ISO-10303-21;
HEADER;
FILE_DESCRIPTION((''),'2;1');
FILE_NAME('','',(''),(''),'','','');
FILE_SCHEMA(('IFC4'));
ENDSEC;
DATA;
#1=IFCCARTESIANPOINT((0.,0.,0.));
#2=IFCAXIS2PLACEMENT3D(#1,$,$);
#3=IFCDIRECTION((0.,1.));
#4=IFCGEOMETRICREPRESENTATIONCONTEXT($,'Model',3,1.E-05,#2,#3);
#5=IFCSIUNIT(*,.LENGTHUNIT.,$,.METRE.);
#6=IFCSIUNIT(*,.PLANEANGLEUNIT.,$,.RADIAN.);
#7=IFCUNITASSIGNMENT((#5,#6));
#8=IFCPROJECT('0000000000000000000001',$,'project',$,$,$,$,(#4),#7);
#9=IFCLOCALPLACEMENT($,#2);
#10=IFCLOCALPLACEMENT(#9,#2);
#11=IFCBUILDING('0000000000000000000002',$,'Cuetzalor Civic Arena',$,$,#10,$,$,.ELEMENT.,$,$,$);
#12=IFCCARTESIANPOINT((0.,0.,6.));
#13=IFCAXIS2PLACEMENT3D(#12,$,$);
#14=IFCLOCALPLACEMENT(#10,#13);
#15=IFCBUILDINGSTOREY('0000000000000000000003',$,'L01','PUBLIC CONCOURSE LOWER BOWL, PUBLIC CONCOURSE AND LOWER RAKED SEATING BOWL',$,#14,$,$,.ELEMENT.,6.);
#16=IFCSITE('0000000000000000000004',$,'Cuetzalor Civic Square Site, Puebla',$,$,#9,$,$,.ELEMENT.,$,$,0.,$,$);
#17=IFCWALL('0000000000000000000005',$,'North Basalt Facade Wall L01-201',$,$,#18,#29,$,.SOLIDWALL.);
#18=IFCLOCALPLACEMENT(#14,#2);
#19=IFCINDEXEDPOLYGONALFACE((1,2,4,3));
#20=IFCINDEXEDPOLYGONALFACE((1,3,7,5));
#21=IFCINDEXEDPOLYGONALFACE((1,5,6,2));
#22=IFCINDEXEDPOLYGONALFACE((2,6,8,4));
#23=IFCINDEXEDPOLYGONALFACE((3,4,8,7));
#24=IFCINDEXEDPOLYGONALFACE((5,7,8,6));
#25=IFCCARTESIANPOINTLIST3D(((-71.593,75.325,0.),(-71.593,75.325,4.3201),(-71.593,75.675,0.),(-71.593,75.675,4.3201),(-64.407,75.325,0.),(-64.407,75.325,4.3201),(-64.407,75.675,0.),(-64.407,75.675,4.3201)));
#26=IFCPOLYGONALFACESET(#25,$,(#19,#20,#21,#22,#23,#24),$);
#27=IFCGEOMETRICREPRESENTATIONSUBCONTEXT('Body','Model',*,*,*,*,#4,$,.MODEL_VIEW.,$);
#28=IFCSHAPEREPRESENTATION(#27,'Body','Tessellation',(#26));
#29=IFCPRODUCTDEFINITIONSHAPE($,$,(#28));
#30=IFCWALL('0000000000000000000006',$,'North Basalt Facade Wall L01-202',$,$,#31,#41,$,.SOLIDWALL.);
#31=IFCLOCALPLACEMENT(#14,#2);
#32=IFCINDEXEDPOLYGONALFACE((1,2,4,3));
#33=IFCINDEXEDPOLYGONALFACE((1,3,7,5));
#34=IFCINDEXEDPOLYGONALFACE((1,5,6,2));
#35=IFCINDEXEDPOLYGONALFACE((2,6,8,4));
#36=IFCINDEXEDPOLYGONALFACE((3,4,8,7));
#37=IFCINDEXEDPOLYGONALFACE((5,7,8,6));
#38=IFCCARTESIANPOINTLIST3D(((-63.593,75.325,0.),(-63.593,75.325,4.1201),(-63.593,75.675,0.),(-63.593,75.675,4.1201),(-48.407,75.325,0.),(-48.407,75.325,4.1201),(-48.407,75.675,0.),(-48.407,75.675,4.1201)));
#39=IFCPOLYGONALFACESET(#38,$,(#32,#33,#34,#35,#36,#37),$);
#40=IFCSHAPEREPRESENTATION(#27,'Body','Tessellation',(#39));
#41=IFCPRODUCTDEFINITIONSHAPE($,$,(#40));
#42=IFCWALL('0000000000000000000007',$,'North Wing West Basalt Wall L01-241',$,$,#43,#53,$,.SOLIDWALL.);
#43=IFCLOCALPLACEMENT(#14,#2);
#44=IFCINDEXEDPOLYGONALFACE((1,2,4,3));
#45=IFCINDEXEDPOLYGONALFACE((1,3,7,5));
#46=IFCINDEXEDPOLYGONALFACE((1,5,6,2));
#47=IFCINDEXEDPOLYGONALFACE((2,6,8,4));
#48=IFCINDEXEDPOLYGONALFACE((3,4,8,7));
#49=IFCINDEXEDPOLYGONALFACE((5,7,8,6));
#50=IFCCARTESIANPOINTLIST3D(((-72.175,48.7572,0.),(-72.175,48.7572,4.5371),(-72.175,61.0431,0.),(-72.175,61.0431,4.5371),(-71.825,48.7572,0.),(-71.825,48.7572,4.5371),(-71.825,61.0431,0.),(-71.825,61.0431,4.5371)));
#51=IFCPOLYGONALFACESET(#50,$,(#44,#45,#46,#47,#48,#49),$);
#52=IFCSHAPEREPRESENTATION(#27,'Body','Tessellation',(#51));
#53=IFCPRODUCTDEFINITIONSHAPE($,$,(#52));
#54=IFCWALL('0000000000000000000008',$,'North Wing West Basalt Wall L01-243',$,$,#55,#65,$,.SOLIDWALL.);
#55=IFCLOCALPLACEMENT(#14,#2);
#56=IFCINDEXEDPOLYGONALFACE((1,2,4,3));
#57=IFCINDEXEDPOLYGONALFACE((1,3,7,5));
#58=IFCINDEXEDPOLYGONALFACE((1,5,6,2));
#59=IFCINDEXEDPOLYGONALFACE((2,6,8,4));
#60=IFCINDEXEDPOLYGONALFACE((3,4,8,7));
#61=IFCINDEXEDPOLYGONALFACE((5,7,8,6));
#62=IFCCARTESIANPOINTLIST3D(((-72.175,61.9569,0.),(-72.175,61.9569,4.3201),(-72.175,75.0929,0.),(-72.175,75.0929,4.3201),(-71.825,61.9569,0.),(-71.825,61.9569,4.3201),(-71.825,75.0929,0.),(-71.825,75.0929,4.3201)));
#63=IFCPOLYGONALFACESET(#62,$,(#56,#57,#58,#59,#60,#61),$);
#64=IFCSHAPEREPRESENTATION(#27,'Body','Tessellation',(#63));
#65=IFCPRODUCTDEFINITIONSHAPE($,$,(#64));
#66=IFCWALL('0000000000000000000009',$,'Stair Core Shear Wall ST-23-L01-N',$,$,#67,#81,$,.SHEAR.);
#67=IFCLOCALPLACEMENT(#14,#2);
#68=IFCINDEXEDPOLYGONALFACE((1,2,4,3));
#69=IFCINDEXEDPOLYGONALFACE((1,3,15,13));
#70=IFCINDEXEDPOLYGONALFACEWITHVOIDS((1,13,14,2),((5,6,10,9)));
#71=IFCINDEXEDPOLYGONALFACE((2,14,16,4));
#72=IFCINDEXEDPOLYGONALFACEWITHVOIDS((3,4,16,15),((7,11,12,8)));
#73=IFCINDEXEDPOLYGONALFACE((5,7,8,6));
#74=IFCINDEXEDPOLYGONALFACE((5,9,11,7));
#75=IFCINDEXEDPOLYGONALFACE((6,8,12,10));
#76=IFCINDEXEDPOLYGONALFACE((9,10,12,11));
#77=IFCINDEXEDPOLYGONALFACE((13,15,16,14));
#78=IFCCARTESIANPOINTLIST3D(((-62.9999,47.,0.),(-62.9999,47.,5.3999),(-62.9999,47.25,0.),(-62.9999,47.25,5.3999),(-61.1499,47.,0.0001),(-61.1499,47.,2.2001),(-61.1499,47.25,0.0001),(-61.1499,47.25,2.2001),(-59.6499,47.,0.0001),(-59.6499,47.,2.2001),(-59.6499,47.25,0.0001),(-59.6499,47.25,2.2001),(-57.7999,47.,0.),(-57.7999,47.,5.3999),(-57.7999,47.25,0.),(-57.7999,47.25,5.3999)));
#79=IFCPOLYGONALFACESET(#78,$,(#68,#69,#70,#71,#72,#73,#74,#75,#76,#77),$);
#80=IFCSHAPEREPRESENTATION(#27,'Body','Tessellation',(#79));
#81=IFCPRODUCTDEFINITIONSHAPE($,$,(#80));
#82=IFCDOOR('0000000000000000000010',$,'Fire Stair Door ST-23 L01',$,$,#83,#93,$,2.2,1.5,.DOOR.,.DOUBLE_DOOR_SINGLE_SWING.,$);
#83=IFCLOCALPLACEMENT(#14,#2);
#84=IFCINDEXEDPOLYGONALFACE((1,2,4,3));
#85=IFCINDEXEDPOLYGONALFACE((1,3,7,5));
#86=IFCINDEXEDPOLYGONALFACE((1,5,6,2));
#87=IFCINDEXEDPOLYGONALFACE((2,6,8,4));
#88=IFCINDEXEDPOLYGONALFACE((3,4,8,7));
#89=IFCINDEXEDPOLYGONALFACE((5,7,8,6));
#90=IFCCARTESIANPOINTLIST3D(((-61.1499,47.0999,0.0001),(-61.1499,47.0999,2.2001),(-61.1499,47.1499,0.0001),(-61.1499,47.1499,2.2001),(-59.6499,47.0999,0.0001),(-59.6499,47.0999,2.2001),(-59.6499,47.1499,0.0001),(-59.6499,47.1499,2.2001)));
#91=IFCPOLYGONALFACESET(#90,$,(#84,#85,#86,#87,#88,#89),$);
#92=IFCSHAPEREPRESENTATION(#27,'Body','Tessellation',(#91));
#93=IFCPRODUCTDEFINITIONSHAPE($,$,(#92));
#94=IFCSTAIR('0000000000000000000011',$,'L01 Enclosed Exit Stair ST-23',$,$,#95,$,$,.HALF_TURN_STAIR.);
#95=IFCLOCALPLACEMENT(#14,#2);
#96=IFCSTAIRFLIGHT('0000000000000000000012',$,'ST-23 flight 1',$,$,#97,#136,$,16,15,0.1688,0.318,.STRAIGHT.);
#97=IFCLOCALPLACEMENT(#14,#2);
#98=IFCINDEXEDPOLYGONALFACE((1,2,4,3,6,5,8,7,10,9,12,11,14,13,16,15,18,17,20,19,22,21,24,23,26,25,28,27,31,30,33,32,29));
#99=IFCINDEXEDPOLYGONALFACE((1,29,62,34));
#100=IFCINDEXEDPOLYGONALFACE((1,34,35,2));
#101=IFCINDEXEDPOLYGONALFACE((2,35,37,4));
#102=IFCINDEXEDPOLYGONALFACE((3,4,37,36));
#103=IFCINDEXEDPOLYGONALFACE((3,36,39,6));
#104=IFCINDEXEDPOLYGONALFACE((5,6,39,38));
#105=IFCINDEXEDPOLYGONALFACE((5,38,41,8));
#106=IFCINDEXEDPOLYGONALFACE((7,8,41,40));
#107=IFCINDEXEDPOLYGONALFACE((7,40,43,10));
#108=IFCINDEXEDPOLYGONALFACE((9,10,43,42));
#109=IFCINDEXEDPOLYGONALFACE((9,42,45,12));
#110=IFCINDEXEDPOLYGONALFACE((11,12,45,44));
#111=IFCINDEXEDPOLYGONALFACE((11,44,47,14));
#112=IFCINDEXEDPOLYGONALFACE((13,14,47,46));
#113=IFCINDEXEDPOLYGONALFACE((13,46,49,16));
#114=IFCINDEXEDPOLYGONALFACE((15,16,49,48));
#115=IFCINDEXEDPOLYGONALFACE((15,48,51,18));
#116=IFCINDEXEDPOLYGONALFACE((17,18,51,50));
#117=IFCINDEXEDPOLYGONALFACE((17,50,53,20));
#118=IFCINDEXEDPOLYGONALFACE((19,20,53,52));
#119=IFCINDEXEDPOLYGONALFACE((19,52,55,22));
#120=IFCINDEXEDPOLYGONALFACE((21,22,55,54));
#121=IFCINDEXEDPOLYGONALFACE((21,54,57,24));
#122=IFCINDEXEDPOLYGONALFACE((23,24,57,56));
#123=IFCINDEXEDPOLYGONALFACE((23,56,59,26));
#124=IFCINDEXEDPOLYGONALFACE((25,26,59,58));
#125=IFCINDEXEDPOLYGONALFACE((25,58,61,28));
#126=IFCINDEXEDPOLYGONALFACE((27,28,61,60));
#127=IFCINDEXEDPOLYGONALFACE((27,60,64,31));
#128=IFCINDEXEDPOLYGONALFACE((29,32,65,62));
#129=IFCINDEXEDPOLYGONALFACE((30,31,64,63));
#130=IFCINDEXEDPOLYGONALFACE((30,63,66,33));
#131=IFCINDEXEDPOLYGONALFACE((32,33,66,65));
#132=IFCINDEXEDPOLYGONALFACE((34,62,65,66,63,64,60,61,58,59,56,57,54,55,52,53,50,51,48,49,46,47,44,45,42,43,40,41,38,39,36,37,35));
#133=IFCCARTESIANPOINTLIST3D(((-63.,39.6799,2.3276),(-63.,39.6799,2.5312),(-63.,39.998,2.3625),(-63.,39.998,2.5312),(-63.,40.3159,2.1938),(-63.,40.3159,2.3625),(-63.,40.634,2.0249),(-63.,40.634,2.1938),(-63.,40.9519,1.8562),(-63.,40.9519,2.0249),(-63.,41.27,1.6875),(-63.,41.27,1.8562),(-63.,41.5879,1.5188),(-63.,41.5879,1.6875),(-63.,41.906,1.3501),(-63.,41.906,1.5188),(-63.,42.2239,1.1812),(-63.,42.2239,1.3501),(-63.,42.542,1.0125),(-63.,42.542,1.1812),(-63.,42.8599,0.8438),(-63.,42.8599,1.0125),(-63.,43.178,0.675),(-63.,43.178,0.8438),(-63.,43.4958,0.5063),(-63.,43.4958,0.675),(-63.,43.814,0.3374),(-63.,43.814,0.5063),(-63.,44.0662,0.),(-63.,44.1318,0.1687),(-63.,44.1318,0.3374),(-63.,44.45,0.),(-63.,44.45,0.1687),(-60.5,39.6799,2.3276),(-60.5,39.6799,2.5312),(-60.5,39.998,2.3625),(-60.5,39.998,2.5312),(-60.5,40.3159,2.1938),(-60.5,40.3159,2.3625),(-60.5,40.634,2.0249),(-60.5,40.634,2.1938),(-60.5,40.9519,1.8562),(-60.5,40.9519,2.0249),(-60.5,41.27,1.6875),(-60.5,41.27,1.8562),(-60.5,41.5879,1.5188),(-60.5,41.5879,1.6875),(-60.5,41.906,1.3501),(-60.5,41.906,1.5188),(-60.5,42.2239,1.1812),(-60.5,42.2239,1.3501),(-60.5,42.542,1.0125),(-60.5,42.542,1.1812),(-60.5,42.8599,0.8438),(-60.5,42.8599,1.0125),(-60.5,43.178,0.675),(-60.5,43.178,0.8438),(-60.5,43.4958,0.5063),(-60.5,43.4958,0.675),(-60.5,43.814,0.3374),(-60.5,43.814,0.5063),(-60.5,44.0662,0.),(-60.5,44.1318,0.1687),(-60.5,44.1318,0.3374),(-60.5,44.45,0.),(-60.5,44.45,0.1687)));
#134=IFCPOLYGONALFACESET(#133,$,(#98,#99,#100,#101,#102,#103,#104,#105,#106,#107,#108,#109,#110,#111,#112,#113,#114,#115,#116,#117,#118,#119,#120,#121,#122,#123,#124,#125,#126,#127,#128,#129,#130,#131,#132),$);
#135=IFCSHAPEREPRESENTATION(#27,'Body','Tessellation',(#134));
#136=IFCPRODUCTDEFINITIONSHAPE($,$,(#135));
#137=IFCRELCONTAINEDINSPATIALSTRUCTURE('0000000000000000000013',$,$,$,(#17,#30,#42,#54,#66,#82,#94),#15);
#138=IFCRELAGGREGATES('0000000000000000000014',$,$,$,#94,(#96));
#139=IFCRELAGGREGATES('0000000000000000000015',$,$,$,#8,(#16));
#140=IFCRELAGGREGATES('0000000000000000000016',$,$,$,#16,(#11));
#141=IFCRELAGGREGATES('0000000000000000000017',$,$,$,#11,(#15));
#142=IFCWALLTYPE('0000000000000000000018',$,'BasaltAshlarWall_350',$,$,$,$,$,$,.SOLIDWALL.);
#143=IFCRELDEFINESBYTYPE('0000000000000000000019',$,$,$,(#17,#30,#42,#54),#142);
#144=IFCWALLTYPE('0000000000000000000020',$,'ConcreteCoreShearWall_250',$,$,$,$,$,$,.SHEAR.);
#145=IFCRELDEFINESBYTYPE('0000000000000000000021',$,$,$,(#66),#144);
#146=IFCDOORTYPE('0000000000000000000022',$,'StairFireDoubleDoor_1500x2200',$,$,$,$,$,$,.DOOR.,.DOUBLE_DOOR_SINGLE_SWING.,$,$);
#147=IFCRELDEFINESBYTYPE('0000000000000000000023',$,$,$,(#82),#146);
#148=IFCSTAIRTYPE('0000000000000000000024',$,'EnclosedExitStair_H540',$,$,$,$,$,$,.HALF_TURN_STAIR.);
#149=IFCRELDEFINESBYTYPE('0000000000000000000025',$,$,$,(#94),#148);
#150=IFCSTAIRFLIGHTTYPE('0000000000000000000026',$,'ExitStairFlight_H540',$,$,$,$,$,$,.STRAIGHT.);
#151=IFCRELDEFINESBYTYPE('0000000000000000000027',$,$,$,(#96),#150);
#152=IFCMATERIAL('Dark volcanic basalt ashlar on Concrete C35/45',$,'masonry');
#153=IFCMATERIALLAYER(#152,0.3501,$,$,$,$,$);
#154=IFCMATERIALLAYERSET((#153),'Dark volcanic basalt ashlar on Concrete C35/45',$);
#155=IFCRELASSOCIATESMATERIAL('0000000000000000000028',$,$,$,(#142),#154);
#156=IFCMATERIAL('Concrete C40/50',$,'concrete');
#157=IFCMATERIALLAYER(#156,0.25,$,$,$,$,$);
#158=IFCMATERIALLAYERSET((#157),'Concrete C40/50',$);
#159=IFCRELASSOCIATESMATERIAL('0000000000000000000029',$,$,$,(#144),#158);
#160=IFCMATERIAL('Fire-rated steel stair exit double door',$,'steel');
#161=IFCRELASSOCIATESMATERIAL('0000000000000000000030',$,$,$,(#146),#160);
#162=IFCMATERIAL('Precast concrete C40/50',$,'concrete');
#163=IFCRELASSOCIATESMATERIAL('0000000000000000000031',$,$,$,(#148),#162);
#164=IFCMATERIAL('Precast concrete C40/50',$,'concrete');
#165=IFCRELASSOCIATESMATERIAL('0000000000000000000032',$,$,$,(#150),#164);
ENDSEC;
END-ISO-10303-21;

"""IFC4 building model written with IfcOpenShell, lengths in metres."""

from ifc_helpers import new_model, si_unit, direction, frame, frame_2d, origin, place, context, subcontext, project, spatial, polyline, rectangle, outline, extrude, material, layer, layer_set, type_object, element, fill, aggregate, save


model = new_model("IFC4")

# Units and contexts
model_context = context("Model", 3, precision=1e-05, world=origin(), true_north=direction((0.0, 1.0)))
body_context = subcontext(model_context, "Body", "Model", "MODEL_VIEW")
ifc_project = project(units=[si_unit("LENGTHUNIT", "METRE"), si_unit("PLANEANGLEUNIT", "RADIAN")], contexts=[model_context])

# Site, building, storey
site_placement = place(None, origin())
site = spatial("IfcSite", under=ifc_project, at=site_placement, Name="Cuetzalor Civic Square Site, Puebla", CompositionType="ELEMENT", RefElevation=0.0)
building_placement = place(site_placement, origin())
building = spatial("IfcBuilding", under=site, at=building_placement, Name="Cuetzalor Civic Arena", CompositionType="ELEMENT")
storey_placement = place(building_placement, frame((0.0, 0.0, 6.0)))
storey = spatial("IfcBuildingStorey", under=building, at=storey_placement, Name="L01", Description="PUBLIC CONCOURSE LOWER BOWL, PUBLIC CONCOURSE AND LOWER RAKED SEATING BOWL", CompositionType="ELEMENT", Elevation=6.0)

# Walls
ifc_material_1 = material(Name="Dark volcanic basalt ashlar on Concrete C35/45", Category="masonry")
ifc_layer_1 = layer(ifc_material_1, 0.3501)
ifc_layer_set_1 = layer_set([ifc_layer_1], Name="Dark volcanic basalt ashlar on Concrete C35/45")
wall_type_1 = type_object("IfcWallType", Name="BasaltAshlarWall_350", PredefinedType="SOLIDWALL", material=ifc_layer_set_1)
wall_1_placement = place(storey_placement, frame((-71.593, 75.5, 0.0), z_axis=(0.0, 0.0, 1.0), x_axis=(1.0, 0.0, 0.0)))
element("IfcWall", 1, at=wall_1_placement, inside=storey, type_object=wall_type_1, Name="North Basalt Facade Wall L01-201", PredefinedType="SOLIDWALL", context=body_context, shape_type="SweptSolid", body=[
    extrude(rectangle(XDim=7.186, YDim=0.3501, at=frame_2d((3.593, 0.0))), origin(), (0.0, 0.0, 1.0), 4.3201),
])
wall_2_placement = place(storey_placement, frame((-63.593, 75.5, 0.0), z_axis=(0.0, 0.0, 1.0), x_axis=(1.0, 0.0, 0.0)))
element("IfcWall", 2, at=wall_2_placement, inside=storey, type_object=wall_type_1, Name="North Basalt Facade Wall L01-202", PredefinedType="SOLIDWALL", context=body_context, shape_type="SweptSolid", body=[
    extrude(rectangle(XDim=15.186, YDim=0.3501, at=frame_2d((7.593, 0.0))), origin(), (0.0, 0.0, 1.0), 4.1201),
])
wall_3_placement = place(storey_placement, frame((-72.0, 48.7571, 0.0), z_axis=(0.0, 0.0, 1.0), x_axis=(0.0, 1.0, 0.0)))
element("IfcWall", 3, at=wall_3_placement, inside=storey, type_object=wall_type_1, Name="North Wing West Basalt Wall L01-241", PredefinedType="SOLIDWALL", context=body_context, shape_type="SweptSolid", body=[
    extrude(rectangle(XDim=12.2859, YDim=0.3501, at=frame_2d((6.1431, 0.0))), origin(), (0.0, 0.0, 1.0), 4.5371),
])
wall_4_placement = place(storey_placement, frame((-72.0, 61.957, 0.0), z_axis=(0.0, 0.0, 1.0), x_axis=(0.0, 1.0, 0.0)))
element("IfcWall", 4, at=wall_4_placement, inside=storey, type_object=wall_type_1, Name="North Wing West Basalt Wall L01-243", PredefinedType="SOLIDWALL", context=body_context, shape_type="SweptSolid", body=[
    extrude(rectangle(XDim=13.136, YDim=0.3501, at=frame_2d((6.5679, 0.0))), origin(), (0.0, 0.0, 1.0), 4.3201),
])

# Wall, opening, door
ifc_material_2 = material(Name="Concrete C40/50", Category="concrete")
ifc_layer_2 = layer(ifc_material_2, 0.25)
ifc_layer_set_2 = layer_set([ifc_layer_2], Name="Concrete C40/50")
wall_type_2 = type_object("IfcWallType", Name="ConcreteCoreShearWall_250", PredefinedType="SHEAR", material=ifc_layer_set_2)
wall_5_placement = place(storey_placement, frame((-63.0, 47.125, 0.0), z_axis=(0.0, 0.0, 1.0), x_axis=(1.0, 0.0, 0.0)))
wall_5 = element("IfcWall", 5, at=wall_5_placement, inside=storey, type_object=wall_type_2, Name="Stair Core Shear Wall ST-23-L01-N", PredefinedType="SHEAR", context=body_context, shape_type="SweptSolid", body=[
    extrude(rectangle(XDim=5.2, YDim=0.25, at=frame_2d((2.6001, 0.0))), origin(), (0.0, 0.0, 1.0), 5.3999),
])
opening_placement = place(wall_5_placement, frame((1.8501, 0.0, 0.0)))
opening = element("IfcOpeningElement", 6, at=opening_placement, cuts=wall_5, PredefinedType="OPENING", context=body_context, shape_type="SweptSolid", body=[
    extrude(rectangle(XDim=1.5, YDim=2.2, at=frame_2d((0.75, 1.1001))), frame((0.0, 0.135, 0.0), z_axis=(0.0, -1.0, 0.0), x_axis=(1.0, 0.0, 0.0)), (0.0, 0.0, 1.0), 0.27),
])
ifc_material_3 = material(Name="Fire-rated steel stair exit double door", Category="steel")
door_type = type_object("IfcDoorType", Name="StairFireDoubleDoor_1500x2200", OperationType="DOUBLE_DOOR_SINGLE_SWING", PredefinedType="DOOR", material=ifc_material_3)
door_placement = place(opening_placement, origin())
door = element("IfcDoor", 7, at=door_placement, inside=storey, type_object=door_type, Name="Fire Stair Door ST-23 L01", OperationType="DOUBLE_DOOR_SINGLE_SWING", OverallHeight=2.2, OverallWidth=1.5, PredefinedType="DOOR", context=body_context, shape_type="SweptSolid", body=[
    extrude(rectangle(XDim=1.5, YDim=2.2, at=frame_2d((0.75, 1.1001))), frame((0.0, 0.0249, 0.0), z_axis=(0.0, -1.0, 0.0), x_axis=(1.0, 0.0, 0.0)), (0.0, 0.0, 1.0), 0.05),
])
fill(opening, door)

# Stair, stair flight
ifc_material_4 = material(Name="Precast concrete C40/50", Category="concrete")
stair_type = type_object("IfcStairType", Name="EnclosedExitStair_H540", PredefinedType="HALF_TURN_STAIR", material=ifc_material_4)
stair_placement = place(storey_placement, origin())
stair = element("IfcStair", 8, at=stair_placement, inside=storey, type_object=stair_type, Name="L01 Enclosed Exit Stair ST-23", PredefinedType="HALF_TURN_STAIR")
ifc_material_5 = material(Name="Precast concrete C40/50", Category="concrete")
stair_flight_type = type_object("IfcStairFlightType", Name="ExitStairFlight_H540", PredefinedType="STRAIGHT", material=ifc_material_5)
stair_flight_placement = place(storey_placement, frame((-61.75, 44.45, 0.0), z_axis=(0.0, 0.0, 1.0), x_axis=(0.0, -1.0, 0.0)))
stair_flight = element("IfcStairFlight", 9, at=stair_flight_placement, type_object=stair_flight_type, Name="ST-23 flight 1", NumberOfRisers=16, NumberOfTreads=15, PredefinedType="STRAIGHT", RiserHeight=0.1688, TreadLength=0.318, context=body_context, shape_type="SweptSolid", body=[
    extrude(outline(polyline([(0.0, 0.0), (0.0, 0.1687), (0.3181, 0.1687), (0.3181, 0.3374), (0.636, 0.3374), (0.636, 0.5063), (0.9541, 0.5063), (0.9541, 0.675), (1.272, 0.675), (1.272, 0.8438), (1.5901, 0.8438), (1.5901, 1.0125), (1.908, 1.0125), (1.908, 1.1812), (2.2261, 1.1812), (2.2261, 1.3501), (2.5439, 1.3501), (2.5439, 1.5188), (2.8621, 1.5188), (2.8621, 1.6875), (3.1799, 1.6875), (3.1799, 1.8562), (3.498, 1.8562), (3.498, 2.0249), (3.8159, 2.0249), (3.8159, 2.1938), (4.134, 2.1938), (4.134, 2.3625), (4.4519, 2.3625), (4.4519, 2.5312), (4.77, 2.5312), (4.77, 2.7), (4.77, 2.3276), (0.3838, 0.0), (0.0, 0.0)])), frame((0.0, 1.25, 0.0), z_axis=(0.0, -1.0, 0.0), x_axis=(1.0, 0.0, 0.0)), (0.0, 0.0, 1.0), 2.5),
])
aggregate(stair, [stair_flight])

save(model, "model.ifc")
